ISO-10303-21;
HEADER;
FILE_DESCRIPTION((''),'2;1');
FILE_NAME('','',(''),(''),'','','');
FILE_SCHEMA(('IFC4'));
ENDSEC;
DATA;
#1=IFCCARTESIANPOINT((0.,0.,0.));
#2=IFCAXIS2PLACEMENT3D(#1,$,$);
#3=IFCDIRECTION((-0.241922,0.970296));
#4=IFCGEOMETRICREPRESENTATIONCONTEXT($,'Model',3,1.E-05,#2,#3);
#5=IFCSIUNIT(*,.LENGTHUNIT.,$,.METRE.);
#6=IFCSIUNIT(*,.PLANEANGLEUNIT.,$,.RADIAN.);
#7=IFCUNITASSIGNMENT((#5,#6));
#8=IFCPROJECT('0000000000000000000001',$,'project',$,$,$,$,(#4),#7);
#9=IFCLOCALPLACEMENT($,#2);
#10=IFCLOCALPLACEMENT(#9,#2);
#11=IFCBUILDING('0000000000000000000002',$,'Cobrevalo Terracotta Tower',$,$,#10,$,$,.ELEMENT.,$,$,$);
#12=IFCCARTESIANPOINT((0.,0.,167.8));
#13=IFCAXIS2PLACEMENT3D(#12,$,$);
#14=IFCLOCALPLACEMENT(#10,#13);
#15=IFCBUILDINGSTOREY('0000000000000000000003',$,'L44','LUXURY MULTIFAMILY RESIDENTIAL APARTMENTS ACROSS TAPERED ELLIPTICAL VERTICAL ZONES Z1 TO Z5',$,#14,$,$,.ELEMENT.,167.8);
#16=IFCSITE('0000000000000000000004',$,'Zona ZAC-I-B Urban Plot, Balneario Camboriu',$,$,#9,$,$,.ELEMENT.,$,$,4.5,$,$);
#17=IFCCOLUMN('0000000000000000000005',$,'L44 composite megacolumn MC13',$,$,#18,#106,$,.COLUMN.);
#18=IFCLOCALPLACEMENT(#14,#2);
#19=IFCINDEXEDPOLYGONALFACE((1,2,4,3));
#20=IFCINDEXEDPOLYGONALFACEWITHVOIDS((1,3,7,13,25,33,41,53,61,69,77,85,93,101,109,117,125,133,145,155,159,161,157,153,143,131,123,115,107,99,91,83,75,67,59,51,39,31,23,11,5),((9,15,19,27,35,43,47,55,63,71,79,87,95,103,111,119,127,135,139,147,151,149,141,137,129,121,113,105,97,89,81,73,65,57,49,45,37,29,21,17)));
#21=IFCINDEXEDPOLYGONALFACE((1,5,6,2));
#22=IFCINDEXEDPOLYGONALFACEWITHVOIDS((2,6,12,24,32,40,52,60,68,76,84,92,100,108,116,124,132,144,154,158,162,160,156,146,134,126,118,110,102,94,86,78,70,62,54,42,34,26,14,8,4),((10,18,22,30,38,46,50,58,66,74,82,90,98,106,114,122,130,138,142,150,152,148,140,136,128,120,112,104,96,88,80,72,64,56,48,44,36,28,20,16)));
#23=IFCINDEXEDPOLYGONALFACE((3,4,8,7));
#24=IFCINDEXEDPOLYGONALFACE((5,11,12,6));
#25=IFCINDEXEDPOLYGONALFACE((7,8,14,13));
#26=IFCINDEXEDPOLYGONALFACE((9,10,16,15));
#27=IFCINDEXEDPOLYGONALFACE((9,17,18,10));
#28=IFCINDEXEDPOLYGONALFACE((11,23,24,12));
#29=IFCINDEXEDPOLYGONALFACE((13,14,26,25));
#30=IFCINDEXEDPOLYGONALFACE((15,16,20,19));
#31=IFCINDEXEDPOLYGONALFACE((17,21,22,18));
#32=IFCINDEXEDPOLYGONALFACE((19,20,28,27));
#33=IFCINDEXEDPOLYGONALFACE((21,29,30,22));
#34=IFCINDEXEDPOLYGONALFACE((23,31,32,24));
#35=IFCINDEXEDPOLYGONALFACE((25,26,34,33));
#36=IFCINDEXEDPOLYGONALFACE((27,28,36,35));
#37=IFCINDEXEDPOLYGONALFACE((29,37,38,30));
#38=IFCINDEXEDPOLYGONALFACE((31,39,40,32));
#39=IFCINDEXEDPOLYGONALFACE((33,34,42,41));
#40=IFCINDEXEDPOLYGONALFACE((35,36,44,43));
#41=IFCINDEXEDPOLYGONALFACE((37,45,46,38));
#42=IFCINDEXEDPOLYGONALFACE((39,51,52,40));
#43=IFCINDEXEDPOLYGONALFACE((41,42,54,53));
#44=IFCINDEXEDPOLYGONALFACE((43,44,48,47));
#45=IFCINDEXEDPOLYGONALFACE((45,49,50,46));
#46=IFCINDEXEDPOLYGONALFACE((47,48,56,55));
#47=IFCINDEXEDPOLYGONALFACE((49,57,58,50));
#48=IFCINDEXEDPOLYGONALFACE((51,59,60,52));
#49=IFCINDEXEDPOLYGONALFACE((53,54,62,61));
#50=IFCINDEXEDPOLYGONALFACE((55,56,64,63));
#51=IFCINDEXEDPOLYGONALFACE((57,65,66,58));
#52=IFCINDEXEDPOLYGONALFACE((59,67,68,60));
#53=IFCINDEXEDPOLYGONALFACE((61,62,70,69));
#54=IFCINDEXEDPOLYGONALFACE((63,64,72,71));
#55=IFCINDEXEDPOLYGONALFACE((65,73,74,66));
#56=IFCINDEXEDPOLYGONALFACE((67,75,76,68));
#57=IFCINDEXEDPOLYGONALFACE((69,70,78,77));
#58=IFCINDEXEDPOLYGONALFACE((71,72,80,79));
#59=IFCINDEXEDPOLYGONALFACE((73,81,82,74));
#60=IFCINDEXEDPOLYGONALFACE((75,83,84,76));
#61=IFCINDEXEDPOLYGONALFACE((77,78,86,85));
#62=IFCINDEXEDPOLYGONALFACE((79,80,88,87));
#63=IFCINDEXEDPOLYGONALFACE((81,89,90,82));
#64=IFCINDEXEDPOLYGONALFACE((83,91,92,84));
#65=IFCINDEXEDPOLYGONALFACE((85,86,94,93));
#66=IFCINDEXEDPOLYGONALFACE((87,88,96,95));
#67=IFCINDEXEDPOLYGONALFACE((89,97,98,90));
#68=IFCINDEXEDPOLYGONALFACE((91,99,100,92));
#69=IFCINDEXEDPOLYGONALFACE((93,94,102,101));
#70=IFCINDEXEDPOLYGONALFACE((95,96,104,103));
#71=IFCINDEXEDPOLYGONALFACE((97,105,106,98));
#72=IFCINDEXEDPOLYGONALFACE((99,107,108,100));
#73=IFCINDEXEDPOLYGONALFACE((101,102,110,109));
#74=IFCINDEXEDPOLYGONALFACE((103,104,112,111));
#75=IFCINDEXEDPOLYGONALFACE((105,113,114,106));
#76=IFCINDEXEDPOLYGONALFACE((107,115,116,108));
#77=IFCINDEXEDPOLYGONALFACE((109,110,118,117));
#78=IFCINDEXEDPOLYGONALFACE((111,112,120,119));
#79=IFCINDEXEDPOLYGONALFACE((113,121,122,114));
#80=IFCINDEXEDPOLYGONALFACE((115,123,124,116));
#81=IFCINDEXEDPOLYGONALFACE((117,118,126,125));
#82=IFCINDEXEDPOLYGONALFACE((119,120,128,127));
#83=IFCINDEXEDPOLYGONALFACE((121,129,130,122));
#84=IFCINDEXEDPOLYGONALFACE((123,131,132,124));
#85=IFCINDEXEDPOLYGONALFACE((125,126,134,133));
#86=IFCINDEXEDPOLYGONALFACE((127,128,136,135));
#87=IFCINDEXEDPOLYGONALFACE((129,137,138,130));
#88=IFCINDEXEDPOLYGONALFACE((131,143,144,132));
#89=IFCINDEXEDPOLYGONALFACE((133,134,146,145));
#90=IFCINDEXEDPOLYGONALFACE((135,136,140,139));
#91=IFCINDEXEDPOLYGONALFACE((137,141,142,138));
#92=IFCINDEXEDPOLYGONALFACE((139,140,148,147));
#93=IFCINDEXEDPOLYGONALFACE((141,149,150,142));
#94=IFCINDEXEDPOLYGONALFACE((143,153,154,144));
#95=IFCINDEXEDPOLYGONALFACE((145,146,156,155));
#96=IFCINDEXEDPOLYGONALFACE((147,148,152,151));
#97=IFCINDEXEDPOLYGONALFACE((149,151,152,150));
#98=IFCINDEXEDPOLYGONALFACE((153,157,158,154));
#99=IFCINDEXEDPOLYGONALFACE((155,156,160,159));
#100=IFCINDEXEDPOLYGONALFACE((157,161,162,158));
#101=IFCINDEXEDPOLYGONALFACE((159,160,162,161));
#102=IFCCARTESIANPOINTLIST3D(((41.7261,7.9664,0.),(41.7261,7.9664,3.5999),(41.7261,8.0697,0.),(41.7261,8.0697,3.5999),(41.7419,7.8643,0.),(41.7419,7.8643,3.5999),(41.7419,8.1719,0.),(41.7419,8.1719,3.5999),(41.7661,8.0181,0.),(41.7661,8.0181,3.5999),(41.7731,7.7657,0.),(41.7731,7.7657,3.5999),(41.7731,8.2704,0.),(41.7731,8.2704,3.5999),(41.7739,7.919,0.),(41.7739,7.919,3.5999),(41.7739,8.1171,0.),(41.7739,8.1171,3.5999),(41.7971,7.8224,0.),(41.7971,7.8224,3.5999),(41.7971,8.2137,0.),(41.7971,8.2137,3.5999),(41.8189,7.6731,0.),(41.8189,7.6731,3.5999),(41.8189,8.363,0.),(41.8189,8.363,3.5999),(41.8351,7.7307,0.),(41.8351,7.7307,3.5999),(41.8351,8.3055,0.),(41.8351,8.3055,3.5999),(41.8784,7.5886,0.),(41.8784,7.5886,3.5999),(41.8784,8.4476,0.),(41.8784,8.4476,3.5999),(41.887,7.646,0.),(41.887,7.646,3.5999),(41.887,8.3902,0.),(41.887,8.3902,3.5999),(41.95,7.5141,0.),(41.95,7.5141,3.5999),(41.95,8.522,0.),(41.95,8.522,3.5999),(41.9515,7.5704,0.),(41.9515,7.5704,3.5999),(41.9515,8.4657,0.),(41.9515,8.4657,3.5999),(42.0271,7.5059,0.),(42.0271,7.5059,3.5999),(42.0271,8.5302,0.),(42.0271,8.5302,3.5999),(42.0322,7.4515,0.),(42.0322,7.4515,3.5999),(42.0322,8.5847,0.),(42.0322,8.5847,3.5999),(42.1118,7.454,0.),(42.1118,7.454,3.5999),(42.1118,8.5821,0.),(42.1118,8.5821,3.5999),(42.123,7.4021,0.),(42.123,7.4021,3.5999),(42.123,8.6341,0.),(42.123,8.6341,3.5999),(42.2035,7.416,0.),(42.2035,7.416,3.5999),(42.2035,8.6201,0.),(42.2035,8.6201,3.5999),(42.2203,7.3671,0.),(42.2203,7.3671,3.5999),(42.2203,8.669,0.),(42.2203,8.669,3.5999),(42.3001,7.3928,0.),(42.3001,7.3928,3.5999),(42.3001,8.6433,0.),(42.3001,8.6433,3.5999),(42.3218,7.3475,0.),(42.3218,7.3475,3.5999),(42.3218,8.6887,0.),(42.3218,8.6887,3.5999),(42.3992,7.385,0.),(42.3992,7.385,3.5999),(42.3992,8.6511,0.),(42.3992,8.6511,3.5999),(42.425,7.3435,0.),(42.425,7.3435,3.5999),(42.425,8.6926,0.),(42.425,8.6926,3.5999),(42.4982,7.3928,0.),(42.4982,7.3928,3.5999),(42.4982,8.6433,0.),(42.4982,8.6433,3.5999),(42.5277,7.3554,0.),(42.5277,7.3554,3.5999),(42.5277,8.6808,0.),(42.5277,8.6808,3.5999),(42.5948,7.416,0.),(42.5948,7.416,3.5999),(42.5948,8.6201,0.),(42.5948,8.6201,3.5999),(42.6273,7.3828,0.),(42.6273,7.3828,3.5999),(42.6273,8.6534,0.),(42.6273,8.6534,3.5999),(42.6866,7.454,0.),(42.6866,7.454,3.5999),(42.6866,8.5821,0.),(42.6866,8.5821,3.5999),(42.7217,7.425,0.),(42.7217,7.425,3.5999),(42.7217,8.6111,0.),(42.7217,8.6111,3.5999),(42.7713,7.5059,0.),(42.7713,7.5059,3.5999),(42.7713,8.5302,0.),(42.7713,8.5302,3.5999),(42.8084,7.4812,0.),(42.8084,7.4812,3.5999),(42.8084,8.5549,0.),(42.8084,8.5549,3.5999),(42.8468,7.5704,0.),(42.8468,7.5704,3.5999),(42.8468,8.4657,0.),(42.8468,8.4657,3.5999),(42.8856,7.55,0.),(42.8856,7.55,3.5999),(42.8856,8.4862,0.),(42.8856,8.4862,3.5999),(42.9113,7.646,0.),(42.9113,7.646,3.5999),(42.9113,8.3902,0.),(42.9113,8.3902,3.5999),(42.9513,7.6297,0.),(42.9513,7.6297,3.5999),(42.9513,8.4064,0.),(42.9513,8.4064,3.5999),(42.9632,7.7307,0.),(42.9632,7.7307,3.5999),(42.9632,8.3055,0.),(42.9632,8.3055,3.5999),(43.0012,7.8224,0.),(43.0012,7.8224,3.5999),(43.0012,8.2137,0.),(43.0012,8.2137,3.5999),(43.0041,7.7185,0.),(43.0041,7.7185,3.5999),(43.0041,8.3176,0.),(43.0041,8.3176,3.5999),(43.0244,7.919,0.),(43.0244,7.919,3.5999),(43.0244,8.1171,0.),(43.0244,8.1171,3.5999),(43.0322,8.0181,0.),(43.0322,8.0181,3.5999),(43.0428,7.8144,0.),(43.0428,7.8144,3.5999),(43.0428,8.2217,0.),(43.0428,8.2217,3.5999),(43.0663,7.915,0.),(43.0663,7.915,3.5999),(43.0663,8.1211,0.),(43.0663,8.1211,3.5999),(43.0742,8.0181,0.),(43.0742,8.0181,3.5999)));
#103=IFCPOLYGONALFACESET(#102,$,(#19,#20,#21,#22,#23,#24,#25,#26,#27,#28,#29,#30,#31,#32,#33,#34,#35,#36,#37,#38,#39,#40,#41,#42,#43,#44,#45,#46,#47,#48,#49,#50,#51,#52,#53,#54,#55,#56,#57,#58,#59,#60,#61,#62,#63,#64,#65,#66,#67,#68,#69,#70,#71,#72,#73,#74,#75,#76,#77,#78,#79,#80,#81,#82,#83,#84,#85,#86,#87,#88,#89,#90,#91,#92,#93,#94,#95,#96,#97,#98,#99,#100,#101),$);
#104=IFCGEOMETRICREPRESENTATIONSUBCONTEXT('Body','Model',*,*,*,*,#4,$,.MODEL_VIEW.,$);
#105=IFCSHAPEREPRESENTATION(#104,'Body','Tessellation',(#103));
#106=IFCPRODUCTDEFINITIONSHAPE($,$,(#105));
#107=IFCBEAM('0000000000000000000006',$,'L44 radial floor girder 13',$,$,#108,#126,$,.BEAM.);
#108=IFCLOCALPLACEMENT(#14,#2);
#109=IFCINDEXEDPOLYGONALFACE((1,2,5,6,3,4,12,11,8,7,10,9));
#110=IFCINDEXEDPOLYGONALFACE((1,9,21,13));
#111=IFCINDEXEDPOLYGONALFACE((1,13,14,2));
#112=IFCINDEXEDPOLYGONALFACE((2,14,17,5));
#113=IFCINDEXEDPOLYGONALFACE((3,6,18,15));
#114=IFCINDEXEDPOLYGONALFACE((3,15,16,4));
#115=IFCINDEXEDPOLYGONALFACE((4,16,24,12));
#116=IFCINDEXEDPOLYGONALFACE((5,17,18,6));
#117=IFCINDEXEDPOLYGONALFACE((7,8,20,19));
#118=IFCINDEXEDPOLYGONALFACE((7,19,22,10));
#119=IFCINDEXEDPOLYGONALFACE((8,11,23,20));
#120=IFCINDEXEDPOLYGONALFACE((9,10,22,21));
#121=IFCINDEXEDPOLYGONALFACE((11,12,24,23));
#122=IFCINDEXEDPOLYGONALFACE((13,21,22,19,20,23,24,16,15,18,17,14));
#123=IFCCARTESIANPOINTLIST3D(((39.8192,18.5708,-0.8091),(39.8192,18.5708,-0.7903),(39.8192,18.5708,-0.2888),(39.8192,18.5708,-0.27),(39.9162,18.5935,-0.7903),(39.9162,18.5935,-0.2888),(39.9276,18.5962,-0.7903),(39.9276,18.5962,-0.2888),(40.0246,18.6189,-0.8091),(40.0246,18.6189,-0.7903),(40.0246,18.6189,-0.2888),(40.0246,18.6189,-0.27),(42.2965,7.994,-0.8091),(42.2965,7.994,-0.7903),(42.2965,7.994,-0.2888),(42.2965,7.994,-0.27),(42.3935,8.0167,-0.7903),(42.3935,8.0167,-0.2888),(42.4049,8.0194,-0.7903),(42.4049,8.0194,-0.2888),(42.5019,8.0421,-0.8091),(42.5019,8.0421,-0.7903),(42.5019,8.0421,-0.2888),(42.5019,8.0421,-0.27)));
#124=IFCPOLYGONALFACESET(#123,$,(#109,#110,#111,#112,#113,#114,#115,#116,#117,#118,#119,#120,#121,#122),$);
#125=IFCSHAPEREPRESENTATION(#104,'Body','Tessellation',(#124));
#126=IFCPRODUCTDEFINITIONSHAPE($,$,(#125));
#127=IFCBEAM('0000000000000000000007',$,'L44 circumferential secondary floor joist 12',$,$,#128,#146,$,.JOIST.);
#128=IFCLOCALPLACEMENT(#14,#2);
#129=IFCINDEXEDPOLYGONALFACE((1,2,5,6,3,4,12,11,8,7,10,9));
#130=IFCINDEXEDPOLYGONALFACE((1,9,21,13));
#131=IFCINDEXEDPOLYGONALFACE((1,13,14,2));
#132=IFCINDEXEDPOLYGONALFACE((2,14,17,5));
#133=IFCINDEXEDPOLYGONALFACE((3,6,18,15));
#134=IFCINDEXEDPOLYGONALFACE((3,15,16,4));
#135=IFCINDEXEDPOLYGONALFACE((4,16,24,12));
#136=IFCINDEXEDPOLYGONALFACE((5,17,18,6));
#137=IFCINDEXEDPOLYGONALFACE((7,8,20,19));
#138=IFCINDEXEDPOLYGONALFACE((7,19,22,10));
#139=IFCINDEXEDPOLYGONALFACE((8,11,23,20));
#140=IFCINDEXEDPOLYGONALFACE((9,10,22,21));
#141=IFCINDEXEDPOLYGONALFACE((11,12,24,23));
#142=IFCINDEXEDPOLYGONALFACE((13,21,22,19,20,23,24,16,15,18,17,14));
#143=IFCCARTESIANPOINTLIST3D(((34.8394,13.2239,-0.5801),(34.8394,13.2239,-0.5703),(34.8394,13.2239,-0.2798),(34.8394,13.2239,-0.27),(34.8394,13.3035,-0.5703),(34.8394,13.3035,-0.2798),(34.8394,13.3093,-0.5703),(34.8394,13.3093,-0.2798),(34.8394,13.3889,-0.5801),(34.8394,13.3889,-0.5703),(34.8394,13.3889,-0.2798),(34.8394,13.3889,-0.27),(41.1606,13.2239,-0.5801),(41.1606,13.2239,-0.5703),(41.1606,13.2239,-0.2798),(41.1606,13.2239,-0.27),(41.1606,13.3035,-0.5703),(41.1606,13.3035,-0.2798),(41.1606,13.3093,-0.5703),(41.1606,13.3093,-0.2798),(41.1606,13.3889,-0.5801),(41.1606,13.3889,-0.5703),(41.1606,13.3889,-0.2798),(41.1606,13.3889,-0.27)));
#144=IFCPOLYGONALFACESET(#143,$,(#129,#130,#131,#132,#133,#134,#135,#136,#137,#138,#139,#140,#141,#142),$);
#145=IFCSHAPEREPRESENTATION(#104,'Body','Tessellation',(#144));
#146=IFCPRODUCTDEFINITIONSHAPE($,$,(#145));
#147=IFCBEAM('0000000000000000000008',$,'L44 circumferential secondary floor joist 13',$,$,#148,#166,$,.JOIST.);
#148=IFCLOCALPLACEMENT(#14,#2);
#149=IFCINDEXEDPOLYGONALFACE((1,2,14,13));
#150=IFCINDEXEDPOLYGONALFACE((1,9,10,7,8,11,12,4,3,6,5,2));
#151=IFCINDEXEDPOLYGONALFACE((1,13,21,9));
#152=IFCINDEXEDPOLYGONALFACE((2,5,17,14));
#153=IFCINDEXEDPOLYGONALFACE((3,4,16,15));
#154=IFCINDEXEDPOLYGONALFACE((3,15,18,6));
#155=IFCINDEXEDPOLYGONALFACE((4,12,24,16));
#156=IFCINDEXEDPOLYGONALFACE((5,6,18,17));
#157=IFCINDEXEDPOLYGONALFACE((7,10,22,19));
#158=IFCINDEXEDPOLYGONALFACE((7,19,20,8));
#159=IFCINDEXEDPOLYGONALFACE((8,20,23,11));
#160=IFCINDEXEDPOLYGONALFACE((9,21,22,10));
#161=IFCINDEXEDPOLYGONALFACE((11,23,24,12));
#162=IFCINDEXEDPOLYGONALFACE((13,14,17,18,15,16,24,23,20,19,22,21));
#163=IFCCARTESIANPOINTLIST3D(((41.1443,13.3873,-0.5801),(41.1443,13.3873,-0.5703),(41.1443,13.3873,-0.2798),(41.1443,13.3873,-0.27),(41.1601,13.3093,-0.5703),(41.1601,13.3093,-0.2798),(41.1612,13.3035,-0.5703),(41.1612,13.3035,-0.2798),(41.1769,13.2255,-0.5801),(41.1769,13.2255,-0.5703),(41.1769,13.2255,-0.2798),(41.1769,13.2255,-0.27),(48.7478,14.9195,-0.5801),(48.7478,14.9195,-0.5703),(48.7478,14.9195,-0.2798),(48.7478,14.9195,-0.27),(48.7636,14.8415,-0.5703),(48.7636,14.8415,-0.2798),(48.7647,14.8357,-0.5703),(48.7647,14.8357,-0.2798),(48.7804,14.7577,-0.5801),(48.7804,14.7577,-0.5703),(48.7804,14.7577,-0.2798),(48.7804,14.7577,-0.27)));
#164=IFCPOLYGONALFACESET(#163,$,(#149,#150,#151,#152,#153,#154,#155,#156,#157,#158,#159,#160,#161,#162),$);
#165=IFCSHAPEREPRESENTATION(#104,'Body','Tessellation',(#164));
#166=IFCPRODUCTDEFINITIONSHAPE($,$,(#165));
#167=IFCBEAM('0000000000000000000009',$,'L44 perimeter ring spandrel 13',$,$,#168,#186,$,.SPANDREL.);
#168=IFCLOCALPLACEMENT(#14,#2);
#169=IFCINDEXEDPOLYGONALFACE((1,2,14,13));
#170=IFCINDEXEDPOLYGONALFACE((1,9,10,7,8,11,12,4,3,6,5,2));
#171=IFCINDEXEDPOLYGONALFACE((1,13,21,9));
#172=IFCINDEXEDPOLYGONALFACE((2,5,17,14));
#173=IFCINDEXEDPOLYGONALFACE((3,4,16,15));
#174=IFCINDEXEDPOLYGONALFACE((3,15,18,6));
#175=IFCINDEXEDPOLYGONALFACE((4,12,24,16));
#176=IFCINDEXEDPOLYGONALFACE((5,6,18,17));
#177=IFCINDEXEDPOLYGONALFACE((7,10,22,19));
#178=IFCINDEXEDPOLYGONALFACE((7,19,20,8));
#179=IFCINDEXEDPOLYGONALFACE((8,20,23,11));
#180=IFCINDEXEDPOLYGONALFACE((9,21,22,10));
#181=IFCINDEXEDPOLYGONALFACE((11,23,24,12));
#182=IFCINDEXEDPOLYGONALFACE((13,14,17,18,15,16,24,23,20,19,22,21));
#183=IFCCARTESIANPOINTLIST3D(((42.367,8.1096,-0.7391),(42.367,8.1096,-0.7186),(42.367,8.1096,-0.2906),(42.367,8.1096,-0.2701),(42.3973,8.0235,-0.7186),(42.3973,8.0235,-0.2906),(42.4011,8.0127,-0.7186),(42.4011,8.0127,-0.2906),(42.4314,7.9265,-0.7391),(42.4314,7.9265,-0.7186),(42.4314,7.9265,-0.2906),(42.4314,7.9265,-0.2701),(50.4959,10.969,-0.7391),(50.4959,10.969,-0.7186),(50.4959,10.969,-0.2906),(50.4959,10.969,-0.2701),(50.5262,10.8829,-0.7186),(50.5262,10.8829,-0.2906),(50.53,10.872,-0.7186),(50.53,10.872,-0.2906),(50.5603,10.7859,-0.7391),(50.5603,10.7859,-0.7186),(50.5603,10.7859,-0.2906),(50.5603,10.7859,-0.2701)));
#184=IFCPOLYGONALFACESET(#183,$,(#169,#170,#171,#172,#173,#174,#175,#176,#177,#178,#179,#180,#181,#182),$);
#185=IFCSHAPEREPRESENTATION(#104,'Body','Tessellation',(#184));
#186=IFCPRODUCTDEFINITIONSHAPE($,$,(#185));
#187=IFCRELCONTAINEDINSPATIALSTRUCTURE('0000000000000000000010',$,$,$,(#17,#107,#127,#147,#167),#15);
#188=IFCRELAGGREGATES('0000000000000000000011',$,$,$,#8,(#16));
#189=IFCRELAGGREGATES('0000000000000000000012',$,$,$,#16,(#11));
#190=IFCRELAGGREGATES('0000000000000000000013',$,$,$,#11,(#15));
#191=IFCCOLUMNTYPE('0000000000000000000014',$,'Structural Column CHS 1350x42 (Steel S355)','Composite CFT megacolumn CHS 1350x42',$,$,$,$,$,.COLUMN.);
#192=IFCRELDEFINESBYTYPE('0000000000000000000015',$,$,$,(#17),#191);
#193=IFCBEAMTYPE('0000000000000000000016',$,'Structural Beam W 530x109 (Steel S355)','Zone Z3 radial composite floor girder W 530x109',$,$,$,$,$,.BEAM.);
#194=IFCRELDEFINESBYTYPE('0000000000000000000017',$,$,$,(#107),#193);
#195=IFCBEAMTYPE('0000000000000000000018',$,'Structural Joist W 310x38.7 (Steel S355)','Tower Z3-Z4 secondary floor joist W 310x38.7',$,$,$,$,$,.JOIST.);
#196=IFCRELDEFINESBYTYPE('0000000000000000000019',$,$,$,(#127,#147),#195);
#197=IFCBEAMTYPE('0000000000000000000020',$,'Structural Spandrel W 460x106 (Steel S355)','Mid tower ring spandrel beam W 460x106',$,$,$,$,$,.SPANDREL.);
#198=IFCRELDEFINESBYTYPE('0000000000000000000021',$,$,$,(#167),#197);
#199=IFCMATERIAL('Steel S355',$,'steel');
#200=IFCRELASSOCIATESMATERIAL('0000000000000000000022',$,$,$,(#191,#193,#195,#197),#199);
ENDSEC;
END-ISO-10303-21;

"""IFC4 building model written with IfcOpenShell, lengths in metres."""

from ifc_helpers import new_model, si_unit, direction, frame, origin, origin_2d, place, context, subcontext, project, spatial, hollow_circle, i_section, extrude, material, material_profile, profile_set, type_object, element, save


model = new_model("IFC4")

# Units and contexts
model_context = context("Model", 3, precision=1e-05, world=origin(), true_north=direction((-0.241922, 0.970296)))
body_context = subcontext(model_context, "Body", "Model", "MODEL_VIEW")
ifc_project = project(units=[si_unit("LENGTHUNIT", "METRE"), si_unit("PLANEANGLEUNIT", "RADIAN")], contexts=[model_context])

# Site, building, storey
site_placement = place(None, origin())
site = spatial("IfcSite", under=ifc_project, at=site_placement, Name="Zona ZAC-I-B Urban Plot, Balneario Camboriu", CompositionType="ELEMENT", RefElevation=4.5)
building_placement = place(site_placement, origin())
building = spatial("IfcBuilding", under=site, at=building_placement, Name="Cobrevalo Terracotta Tower", CompositionType="ELEMENT")
storey_placement = place(building_placement, frame((0.0, 0.0, 167.8)))
storey = spatial("IfcBuildingStorey", under=building, at=storey_placement, Name="L44", Description="LUXURY MULTIFAMILY RESIDENTIAL APARTMENTS ACROSS TAPERED ELLIPTICAL VERTICAL ZONES Z1 TO Z5", CompositionType="ELEMENT", Elevation=167.8)

# Column
ifc_material_1 = material(Name="Steel S355", Category="steel")
ifc_material_profile_1 = material_profile(ifc_material_1, hollow_circle(Radius=0.675, WallThickness=0.042, at=origin_2d()), Name="CHS 1350x42")
ifc_profile_set_1 = profile_set([ifc_material_profile_1], Name="Steel S355")
column_type = type_object("IfcColumnType", Name="Structural Column CHS 1350x42 (Steel S355)", Description="Composite CFT megacolumn CHS 1350x42", PredefinedType="COLUMN", material=ifc_profile_set_1)
column_placement = place(storey_placement, frame((42.3992, 8.0181, 0.0), z_axis=(0.0, 0.0, 1.0), x_axis=(1.0, 0.0, 0.0)))
element("IfcColumn", 1, at=column_placement, inside=storey, type_object=column_type, Name="L44 composite megacolumn MC13", PredefinedType="COLUMN", context=body_context, shape_type="SweptSolid", body=[
    extrude(hollow_circle(Radius=0.675, WallThickness=0.042, at=origin_2d()), origin(), (0.0, 0.0, 1.0), 3.5999),
])

# Beams
ifc_material_profile_2 = material_profile(ifc_material_1, i_section(OverallWidth=0.2109, OverallDepth=0.5391, WebThickness=0.0117, FlangeThickness=0.0188, at=origin_2d()), Name="W 530x109")
ifc_profile_set_2 = profile_set([ifc_material_profile_2], Name="Steel S355")
beam_type_1 = type_object("IfcBeamType", Name="Structural Beam W 530x109 (Steel S355)", Description="Zone Z3 radial composite floor girder W 530x109", PredefinedType="BEAM", material=ifc_profile_set_2)
beam_1_placement = place(storey_placement, frame((42.3992, 8.0181, -0.5396), z_axis=(-0.228046, 0.97365, 0.0), x_axis=(-0.97365, -0.228046, 0.0)))
element("IfcBeam", 2, at=beam_1_placement, inside=storey, type_object=beam_type_1, Name="L44 radial floor girder 13", PredefinedType="BEAM", context=body_context, shape_type="SweptSolid", body=[
    extrude(i_section(OverallWidth=0.2109, OverallDepth=0.5391, WebThickness=0.0117, FlangeThickness=0.0188, at=origin_2d()), origin(), (0.0, 0.0, 1.0), 10.863),
])
ifc_material_profile_3 = material_profile(ifc_material_1, i_section(OverallWidth=0.165, OverallDepth=0.3101, WebThickness=0.0059, FlangeThickness=0.0098, at=origin_2d()), Name="W 310x38.7")
ifc_profile_set_3 = profile_set([ifc_material_profile_3], Name="Steel S355")
beam_type_2 = type_object("IfcBeamType", Name="Structural Joist W 310x38.7 (Steel S355)", Description="Tower Z3-Z4 secondary floor joist W 310x38.7", PredefinedType="JOIST", material=ifc_profile_set_3)
beam_2_placement = place(storey_placement, frame((34.8394, 13.3064, -0.425), z_axis=(1.0, 0.0, 0.0), x_axis=(0.0, 1.0, 0.0)))
element("IfcBeam", 3, at=beam_2_placement, inside=storey, type_object=beam_type_2, Name="L44 circumferential secondary floor joist 12", PredefinedType="JOIST", context=body_context, shape_type="SweptSolid", body=[
    extrude(i_section(OverallWidth=0.165, OverallDepth=0.3101, WebThickness=0.0059, FlangeThickness=0.0098, at=origin_2d()), origin(), (0.0, 0.0, 1.0), 6.3213),
])
beam_3_placement = place(storey_placement, frame((41.1606, 13.3064, -0.425), z_axis=(0.980294, 0.197544, 0.0), x_axis=(-0.197544, 0.980294, 0.0)))
element("IfcBeam", 4, at=beam_3_placement, inside=storey, type_object=beam_type_2, Name="L44 circumferential secondary floor joist 13", PredefinedType="JOIST", context=body_context, shape_type="SweptSolid", body=[
    extrude(i_section(OverallWidth=0.165, OverallDepth=0.3101, WebThickness=0.0059, FlangeThickness=0.0098, at=origin_2d()), origin(), (0.0, 0.0, 1.0), 7.7563),
])
ifc_material_profile_4 = material_profile(ifc_material_1, i_section(OverallWidth=0.1941, OverallDepth=0.469, WebThickness=0.0115, FlangeThickness=0.0205, at=origin_2d()), Name="W 460x106")
ifc_profile_set_4 = profile_set([ifc_material_profile_4], Name="Steel S355")
beam_type_3 = type_object("IfcBeamType", Name="Structural Spandrel W 460x106 (Steel S355)", Description="Mid tower ring spandrel beam W 460x106", PredefinedType="SPANDREL", material=ifc_profile_set_4)
beam_4_placement = place(storey_placement, frame((42.3992, 8.0181, -0.5046), z_axis=(0.943341, 0.331824, 0.0), x_axis=(-0.331824, 0.943341, 0.0)))
element("IfcBeam", 5, at=beam_4_placement, inside=storey, type_object=beam_type_3, Name="L44 perimeter ring spandrel 13", PredefinedType="SPANDREL", context=body_context, shape_type="SweptSolid", body=[
    extrude(i_section(OverallWidth=0.1941, OverallDepth=0.469, WebThickness=0.0115, FlangeThickness=0.0205, at=origin_2d()), origin(), (0.0, 0.0, 1.0), 8.6172),
])

save(model, "model.ifc")
